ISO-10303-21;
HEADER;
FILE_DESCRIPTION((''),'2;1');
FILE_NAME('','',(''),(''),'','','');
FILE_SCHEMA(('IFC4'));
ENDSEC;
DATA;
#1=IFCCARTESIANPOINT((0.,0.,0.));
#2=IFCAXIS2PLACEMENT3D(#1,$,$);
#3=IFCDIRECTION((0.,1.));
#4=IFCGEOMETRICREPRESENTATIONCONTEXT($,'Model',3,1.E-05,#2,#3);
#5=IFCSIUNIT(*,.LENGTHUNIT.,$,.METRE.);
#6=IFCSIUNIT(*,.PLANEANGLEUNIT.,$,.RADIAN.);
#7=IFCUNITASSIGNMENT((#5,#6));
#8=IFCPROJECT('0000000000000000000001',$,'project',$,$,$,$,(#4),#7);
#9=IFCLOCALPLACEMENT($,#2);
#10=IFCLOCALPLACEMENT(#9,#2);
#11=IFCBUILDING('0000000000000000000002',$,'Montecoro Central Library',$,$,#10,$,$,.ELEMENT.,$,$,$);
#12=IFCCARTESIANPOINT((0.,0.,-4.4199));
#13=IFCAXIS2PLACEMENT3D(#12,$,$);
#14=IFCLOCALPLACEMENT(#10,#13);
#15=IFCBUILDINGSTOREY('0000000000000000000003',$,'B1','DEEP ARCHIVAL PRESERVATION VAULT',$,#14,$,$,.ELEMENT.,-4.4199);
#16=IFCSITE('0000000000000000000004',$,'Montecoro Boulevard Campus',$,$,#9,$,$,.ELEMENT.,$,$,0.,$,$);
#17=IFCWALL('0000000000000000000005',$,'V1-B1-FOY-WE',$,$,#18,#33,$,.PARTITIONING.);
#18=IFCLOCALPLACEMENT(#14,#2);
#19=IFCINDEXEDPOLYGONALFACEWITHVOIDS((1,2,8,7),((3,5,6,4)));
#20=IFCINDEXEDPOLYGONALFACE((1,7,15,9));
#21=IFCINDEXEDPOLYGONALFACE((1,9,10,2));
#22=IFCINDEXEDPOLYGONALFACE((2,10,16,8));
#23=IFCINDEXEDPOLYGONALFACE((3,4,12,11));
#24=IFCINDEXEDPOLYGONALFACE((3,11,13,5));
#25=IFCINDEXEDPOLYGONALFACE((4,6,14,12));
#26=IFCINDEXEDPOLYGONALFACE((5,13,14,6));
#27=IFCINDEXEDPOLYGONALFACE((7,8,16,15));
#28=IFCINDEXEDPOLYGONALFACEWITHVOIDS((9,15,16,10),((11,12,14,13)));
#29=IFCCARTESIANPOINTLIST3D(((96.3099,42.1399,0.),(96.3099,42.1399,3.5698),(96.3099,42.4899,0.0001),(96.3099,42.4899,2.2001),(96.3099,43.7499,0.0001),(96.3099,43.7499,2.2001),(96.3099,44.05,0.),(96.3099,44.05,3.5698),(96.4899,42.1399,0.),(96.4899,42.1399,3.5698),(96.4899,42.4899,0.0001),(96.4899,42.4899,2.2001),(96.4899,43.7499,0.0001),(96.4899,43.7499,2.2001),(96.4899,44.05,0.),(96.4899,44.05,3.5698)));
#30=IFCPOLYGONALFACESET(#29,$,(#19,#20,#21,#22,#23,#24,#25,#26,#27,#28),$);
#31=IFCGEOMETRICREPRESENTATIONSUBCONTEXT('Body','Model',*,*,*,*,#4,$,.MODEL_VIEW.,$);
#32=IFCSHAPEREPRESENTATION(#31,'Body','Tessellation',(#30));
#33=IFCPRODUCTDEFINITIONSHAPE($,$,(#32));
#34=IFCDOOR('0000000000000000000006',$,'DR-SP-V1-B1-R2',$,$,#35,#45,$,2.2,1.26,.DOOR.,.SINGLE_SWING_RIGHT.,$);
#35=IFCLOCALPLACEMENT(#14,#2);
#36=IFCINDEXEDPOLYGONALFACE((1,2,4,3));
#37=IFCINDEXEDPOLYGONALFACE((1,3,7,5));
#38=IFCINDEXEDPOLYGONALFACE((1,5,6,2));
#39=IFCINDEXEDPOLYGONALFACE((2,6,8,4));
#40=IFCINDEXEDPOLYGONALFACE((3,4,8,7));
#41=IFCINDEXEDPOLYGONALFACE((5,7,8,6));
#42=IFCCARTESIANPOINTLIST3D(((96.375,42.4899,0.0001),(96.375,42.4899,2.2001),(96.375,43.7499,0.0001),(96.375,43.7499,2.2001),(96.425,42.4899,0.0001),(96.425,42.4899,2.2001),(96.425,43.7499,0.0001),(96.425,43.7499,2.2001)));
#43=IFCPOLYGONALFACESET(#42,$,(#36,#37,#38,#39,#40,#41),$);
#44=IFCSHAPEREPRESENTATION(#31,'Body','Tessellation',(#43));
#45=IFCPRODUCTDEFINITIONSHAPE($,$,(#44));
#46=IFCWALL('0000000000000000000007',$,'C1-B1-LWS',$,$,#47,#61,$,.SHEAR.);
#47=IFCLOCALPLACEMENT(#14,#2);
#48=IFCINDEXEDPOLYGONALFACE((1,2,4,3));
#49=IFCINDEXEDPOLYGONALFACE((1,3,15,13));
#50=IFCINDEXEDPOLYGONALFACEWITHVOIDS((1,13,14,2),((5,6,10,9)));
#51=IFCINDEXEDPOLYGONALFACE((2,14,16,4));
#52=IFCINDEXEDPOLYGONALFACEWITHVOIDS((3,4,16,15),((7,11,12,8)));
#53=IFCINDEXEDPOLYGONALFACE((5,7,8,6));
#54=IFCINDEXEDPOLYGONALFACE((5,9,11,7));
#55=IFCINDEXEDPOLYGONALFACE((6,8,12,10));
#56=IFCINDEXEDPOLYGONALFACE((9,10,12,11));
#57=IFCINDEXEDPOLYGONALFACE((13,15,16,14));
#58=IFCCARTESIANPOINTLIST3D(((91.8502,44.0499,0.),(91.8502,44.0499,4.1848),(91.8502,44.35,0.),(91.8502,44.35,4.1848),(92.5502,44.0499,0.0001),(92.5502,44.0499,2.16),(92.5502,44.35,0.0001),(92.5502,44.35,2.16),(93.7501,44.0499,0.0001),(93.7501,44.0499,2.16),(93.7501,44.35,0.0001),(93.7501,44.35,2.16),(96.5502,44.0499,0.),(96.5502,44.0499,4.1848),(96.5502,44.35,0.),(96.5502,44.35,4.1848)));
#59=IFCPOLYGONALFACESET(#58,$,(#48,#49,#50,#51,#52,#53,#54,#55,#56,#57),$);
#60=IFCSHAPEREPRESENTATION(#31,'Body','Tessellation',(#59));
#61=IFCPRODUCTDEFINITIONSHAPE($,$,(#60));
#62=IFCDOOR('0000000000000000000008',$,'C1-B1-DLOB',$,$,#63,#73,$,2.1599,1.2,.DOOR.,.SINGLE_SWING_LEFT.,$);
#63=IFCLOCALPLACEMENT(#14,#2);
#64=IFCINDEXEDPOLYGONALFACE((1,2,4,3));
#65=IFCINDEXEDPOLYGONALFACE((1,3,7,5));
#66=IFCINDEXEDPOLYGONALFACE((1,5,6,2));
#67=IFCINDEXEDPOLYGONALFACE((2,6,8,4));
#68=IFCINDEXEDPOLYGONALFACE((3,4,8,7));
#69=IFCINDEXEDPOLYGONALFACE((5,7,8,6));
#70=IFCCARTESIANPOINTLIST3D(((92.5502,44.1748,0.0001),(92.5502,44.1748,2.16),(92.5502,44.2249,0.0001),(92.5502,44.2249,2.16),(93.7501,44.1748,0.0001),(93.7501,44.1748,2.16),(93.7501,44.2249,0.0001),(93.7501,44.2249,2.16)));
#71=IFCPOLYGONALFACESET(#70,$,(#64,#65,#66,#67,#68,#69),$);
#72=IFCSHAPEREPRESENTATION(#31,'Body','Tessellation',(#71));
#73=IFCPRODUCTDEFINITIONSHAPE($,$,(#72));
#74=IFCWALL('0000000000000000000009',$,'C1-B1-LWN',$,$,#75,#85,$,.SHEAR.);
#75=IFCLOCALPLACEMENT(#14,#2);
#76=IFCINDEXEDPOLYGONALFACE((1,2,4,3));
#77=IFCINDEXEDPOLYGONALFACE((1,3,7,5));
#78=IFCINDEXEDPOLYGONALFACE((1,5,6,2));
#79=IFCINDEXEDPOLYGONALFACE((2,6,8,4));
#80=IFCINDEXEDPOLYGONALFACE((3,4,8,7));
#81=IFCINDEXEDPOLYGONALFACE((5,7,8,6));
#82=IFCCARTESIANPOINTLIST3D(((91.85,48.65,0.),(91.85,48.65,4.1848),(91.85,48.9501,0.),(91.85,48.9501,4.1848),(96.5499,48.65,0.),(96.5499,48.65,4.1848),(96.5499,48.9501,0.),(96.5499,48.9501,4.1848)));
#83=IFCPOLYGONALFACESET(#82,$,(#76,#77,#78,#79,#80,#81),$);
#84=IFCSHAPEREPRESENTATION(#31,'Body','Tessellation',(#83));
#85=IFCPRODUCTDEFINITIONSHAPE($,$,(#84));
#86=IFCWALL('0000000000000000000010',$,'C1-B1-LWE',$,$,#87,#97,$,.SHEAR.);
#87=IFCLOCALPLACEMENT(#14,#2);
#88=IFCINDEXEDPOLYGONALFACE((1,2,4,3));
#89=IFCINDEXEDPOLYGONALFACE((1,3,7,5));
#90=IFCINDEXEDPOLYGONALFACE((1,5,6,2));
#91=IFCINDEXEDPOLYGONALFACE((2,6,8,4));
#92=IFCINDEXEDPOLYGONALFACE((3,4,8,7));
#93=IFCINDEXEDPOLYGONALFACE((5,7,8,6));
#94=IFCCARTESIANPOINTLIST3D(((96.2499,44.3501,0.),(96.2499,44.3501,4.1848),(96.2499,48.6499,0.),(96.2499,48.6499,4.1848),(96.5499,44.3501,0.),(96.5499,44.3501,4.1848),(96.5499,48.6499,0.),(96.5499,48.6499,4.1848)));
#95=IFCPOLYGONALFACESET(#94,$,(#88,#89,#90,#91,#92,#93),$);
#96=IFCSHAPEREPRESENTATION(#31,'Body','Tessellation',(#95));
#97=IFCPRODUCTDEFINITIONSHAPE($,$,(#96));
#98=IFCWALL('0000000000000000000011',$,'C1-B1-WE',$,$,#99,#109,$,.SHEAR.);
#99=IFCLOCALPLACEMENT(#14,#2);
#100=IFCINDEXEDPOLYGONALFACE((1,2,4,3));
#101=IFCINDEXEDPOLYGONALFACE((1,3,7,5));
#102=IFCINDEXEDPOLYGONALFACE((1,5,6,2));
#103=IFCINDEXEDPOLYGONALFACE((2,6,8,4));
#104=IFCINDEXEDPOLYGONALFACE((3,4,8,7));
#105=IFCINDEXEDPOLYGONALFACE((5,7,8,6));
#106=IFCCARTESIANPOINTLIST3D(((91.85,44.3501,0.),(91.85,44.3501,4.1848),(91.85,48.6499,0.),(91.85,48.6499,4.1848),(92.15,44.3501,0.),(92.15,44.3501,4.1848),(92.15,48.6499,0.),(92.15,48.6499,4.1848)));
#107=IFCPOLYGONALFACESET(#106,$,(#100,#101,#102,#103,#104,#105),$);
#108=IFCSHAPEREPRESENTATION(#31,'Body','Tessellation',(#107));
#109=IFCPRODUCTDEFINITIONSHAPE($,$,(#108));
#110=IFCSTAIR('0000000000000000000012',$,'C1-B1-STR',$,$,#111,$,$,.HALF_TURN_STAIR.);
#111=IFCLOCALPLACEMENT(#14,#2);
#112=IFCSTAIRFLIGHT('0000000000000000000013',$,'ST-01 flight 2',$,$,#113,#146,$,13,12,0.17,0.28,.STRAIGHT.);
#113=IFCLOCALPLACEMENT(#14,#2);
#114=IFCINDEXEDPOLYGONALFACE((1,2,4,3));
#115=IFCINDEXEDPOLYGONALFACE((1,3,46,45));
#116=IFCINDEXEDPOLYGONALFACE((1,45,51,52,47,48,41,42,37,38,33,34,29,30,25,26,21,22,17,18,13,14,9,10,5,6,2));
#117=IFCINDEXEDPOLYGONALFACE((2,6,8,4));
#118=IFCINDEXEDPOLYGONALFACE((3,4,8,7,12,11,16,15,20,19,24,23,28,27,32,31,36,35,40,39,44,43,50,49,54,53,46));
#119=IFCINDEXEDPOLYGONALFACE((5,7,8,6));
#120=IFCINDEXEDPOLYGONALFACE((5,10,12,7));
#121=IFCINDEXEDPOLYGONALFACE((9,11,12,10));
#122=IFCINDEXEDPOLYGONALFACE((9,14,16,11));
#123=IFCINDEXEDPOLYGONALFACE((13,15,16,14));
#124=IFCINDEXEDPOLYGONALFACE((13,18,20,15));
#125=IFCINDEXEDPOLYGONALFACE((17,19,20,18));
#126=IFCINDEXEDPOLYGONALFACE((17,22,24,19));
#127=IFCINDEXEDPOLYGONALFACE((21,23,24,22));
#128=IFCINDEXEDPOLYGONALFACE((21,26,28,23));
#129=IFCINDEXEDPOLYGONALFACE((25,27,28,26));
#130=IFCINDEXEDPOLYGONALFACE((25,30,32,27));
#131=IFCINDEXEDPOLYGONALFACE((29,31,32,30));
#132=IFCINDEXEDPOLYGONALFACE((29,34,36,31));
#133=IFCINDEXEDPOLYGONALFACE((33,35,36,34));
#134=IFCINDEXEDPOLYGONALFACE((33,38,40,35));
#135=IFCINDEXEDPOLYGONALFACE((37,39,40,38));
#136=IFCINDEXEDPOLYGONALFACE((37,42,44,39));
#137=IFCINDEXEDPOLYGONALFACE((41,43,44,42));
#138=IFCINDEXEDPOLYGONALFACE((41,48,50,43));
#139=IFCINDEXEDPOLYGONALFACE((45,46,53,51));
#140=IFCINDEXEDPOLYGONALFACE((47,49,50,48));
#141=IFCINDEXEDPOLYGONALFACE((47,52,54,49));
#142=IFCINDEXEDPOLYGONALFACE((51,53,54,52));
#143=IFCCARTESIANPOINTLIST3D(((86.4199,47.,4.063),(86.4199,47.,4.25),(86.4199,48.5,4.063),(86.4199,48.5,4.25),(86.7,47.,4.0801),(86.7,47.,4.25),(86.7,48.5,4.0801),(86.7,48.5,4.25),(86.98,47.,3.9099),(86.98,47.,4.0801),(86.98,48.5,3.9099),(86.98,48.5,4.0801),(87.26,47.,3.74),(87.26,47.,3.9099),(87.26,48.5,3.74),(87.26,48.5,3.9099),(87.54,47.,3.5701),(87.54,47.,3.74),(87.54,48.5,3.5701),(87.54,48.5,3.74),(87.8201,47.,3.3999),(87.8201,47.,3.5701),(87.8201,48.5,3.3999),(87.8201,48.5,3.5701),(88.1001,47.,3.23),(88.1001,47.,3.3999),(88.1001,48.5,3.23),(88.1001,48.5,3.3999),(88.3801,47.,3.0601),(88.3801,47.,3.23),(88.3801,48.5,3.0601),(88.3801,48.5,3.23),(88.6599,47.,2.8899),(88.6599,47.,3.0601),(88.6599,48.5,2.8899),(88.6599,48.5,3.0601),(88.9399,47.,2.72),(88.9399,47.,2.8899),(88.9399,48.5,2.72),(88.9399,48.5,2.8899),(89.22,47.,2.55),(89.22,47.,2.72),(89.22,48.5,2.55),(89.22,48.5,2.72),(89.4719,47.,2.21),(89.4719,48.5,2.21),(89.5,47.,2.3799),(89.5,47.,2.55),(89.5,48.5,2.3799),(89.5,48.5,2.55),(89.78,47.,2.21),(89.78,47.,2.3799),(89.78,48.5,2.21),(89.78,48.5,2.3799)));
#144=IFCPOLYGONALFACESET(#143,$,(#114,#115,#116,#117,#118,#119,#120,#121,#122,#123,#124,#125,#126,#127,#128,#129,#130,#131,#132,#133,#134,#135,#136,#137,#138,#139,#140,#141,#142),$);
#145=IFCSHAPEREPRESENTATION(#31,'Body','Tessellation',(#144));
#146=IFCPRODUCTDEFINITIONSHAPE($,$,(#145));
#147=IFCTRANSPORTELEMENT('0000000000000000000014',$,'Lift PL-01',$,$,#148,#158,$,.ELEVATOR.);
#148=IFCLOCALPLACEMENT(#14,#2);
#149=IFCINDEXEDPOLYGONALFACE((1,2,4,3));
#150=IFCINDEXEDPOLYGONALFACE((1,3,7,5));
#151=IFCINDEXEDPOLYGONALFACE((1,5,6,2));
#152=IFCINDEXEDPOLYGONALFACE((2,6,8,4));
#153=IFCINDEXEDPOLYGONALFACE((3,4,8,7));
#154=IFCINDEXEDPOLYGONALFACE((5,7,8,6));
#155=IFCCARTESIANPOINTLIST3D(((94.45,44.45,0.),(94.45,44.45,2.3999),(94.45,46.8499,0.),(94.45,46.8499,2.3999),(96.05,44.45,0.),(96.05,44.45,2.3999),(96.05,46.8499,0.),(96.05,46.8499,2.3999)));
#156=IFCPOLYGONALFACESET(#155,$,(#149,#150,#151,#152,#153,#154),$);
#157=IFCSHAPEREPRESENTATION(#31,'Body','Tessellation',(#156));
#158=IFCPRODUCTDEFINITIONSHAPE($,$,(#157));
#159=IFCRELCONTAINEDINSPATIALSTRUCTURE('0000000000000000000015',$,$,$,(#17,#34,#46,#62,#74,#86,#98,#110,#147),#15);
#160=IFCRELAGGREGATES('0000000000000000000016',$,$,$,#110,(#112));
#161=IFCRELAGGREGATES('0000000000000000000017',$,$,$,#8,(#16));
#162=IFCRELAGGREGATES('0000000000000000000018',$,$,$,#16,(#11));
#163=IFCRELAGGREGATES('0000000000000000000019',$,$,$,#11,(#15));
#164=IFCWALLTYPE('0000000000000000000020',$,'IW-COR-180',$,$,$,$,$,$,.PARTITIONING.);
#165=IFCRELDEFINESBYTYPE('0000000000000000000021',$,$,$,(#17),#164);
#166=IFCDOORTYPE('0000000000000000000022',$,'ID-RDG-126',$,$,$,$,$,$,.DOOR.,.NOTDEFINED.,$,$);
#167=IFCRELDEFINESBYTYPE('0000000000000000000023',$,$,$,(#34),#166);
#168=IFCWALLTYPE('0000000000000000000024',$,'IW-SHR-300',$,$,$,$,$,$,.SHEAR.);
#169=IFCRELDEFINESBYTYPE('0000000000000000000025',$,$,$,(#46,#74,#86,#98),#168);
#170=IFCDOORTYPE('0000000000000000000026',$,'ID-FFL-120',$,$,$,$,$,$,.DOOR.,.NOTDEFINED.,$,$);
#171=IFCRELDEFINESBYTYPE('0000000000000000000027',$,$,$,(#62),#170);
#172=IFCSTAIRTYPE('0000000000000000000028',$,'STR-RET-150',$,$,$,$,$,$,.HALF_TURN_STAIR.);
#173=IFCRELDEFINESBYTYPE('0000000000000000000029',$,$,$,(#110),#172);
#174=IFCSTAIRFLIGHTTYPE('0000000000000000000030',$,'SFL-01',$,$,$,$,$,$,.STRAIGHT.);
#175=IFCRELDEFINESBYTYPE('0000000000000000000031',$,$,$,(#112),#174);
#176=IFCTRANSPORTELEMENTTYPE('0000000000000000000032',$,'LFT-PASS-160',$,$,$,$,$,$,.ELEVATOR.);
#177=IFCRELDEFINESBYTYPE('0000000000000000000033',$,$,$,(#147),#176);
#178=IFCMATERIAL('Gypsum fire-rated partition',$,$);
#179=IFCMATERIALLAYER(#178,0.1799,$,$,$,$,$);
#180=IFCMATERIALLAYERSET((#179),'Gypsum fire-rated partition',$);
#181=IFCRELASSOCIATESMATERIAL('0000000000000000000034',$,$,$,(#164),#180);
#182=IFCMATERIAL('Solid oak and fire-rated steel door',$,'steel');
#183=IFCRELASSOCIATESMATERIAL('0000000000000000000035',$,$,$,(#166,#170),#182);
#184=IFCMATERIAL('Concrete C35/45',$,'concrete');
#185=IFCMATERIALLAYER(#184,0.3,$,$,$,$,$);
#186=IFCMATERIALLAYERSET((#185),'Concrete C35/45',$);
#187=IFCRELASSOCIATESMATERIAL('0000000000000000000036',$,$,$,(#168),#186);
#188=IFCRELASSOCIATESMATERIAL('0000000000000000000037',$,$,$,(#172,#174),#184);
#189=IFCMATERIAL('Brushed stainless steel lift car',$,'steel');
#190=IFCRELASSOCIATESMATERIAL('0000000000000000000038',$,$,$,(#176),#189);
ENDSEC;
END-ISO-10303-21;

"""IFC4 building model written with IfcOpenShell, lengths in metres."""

from ifc_helpers import new_model, si_unit, direction, frame, frame_2d, origin, origin_2d, place, context, subcontext, project, spatial, polyline, rectangle, outline, extrude, material, layer, layer_set, type_object, element, fill, aggregate, save


model = new_model("IFC4")

# Units and contexts
model_context = context("Model", 3, precision=1e-05, world=origin(), true_north=direction((0.0, 1.0)))
body_context = subcontext(model_context, "Body", "Model", "MODEL_VIEW")
ifc_project = project(units=[si_unit("LENGTHUNIT", "METRE"), si_unit("PLANEANGLEUNIT", "RADIAN")], contexts=[model_context])

# Site, building, storey
site_placement = place(None, origin())
site = spatial("IfcSite", under=ifc_project, at=site_placement, Name="Montecoro Boulevard Campus", CompositionType="ELEMENT", RefElevation=0.0)
building_placement = place(site_placement, origin())
building = spatial("IfcBuilding", under=site, at=building_placement, Name="Montecoro Central Library", CompositionType="ELEMENT")
storey_placement = place(building_placement, frame((0.0, 0.0, -4.4199)))
storey = spatial("IfcBuildingStorey", under=building, at=storey_placement, Name="B1", Description="DEEP ARCHIVAL PRESERVATION VAULT", CompositionType="ELEMENT", Elevation=-4.4199)

# Shared definitions
ifc_material_1 = material(Name="Concrete C35/45", Category="concrete")

# Walls, openings, doors
ifc_material_2 = material(Name="Gypsum fire-rated partition")
ifc_layer_1 = layer(ifc_material_2, 0.1799)
ifc_layer_set_1 = layer_set([ifc_layer_1], Name="Gypsum fire-rated partition")
wall_type_1 = type_object("IfcWallType", Name="IW-COR-180", PredefinedType="PARTITIONING", material=ifc_layer_set_1)
wall_1_placement = place(storey_placement, frame((96.3999, 42.1399, 0.0), z_axis=(0.0, 0.0, 1.0), x_axis=(0.0, 1.0, 0.0)))
wall_1 = element("IfcWall", 1, at=wall_1_placement, inside=storey, type_object=wall_type_1, Name="V1-B1-FOY-WE", PredefinedType="PARTITIONING", context=body_context, shape_type="SweptSolid", body=[
    extrude(rectangle(XDim=1.9102, YDim=0.1799, at=frame_2d((0.9551, 0.0))), origin(), (0.0, 0.0, 1.0), 3.5698),
])
opening_1_placement = place(wall_1_placement, frame((0.3501, 0.0, 0.0)))
opening_1 = element("IfcOpeningElement", 2, at=opening_1_placement, cuts=wall_1, PredefinedType="OPENING", context=body_context, shape_type="SweptSolid", body=[
    extrude(rectangle(XDim=1.26, YDim=2.2, at=frame_2d((0.6299, 1.1001))), frame((0.0, 0.0999, 0.0), z_axis=(0.0, -1.0, 0.0), x_axis=(1.0, 0.0, 0.0)), (0.0, 0.0, 1.0), 0.2),
])
ifc_material_3 = material(Name="Solid oak and fire-rated steel door", Category="steel")
door_type_1 = type_object("IfcDoorType", Name="ID-RDG-126", OperationType="NOTDEFINED", PredefinedType="DOOR", material=ifc_material_3)
door_1_placement = place(opening_1_placement, origin())
door_1 = element("IfcDoor", 3, at=door_1_placement, inside=storey, type_object=door_type_1, Name="DR-SP-V1-B1-R2", OperationType="SINGLE_SWING_RIGHT", OverallHeight=2.2, OverallWidth=1.26, PredefinedType="DOOR", context=body_context, shape_type="SweptSolid", body=[
    extrude(rectangle(XDim=1.26, YDim=2.2, at=frame_2d((0.6299, 1.1001))), frame((0.0, 0.0249, 0.0), z_axis=(0.0, -1.0, 0.0), x_axis=(1.0, 0.0, 0.0)), (0.0, 0.0, 1.0), 0.05),
])
fill(opening_1, door_1)
ifc_layer_2 = layer(ifc_material_1, 0.3)
ifc_layer_set_2 = layer_set([ifc_layer_2], Name="Concrete C35/45")
wall_type_2 = type_object("IfcWallType", Name="IW-SHR-300", PredefinedType="SHEAR", material=ifc_layer_set_2)
wall_2_placement = place(storey_placement, frame((91.8501, 44.2, 0.0), z_axis=(0.0, 0.0, 1.0), x_axis=(1.0, 0.0, 0.0)))
wall_2 = element("IfcWall", 4, at=wall_2_placement, inside=storey, type_object=wall_type_2, Name="C1-B1-LWS", PredefinedType="SHEAR", context=body_context, shape_type="SweptSolid", body=[
    extrude(rectangle(XDim=4.7, YDim=0.3, at=frame_2d((2.3501, 0.0))), origin(), (0.0, 0.0, 1.0), 4.1848),
])
opening_2_placement = place(wall_2_placement, frame((0.7, 0.0, 0.0)))
opening_2 = element("IfcOpeningElement", 5, at=opening_2_placement, cuts=wall_2, PredefinedType="OPENING", context=body_context, shape_type="SweptSolid", body=[
    extrude(rectangle(XDim=1.2, YDim=2.1599, at=frame_2d((0.6001, 1.0801))), frame((0.0, 0.1599, 0.0), z_axis=(0.0, -1.0, 0.0), x_axis=(1.0, 0.0, 0.0)), (0.0, 0.0, 1.0), 0.3201),
])
door_type_2 = type_object("IfcDoorType", Name="ID-FFL-120", OperationType="NOTDEFINED", PredefinedType="DOOR", material=ifc_material_3)
door_2_placement = place(opening_2_placement, origin())
door_2 = element("IfcDoor", 6, at=door_2_placement, inside=storey, type_object=door_type_2, Name="C1-B1-DLOB", OperationType="SINGLE_SWING_LEFT", OverallHeight=2.1599, OverallWidth=1.2, PredefinedType="DOOR", context=body_context, shape_type="SweptSolid", body=[
    extrude(rectangle(XDim=1.2, YDim=2.1599, at=frame_2d((0.6001, 1.0801))), frame((0.0, 0.0249, 0.0), z_axis=(0.0, -1.0, 0.0), x_axis=(1.0, 0.0, 0.0)), (0.0, 0.0, 1.0), 0.05),
])
fill(opening_2, door_2)

# Walls
wall_3_placement = place(storey_placement, frame((96.55, 48.8, 0.0), z_axis=(0.0, 0.0, 1.0), x_axis=(-1.0, 0.0, 0.0)))
element("IfcWall", 7, at=wall_3_placement, inside=storey, type_object=wall_type_2, Name="C1-B1-LWN", PredefinedType="SHEAR", context=body_context, shape_type="SweptSolid", body=[
    extrude(rectangle(XDim=4.7, YDim=0.3, at=frame_2d((2.3501, 0.0))), origin(), (0.0, 0.0, 1.0), 4.1848),
])
for number, where, z_axis, x_axis, name in (
    (8, (96.3999, 44.3501, 0.0), (0.0, 0.0, 1.0), (0.0, 1.0, 0.0), "C1-B1-LWE"),
    (9, (92.0, 44.3501, 0.0), (0.0, 0.0, 1.0), (0.0, 1.0, 0.0), "C1-B1-WE"),
):
    element("IfcWall", number, at=place(storey_placement, frame(where, z_axis=z_axis, x_axis=x_axis)), inside=storey, type_object=wall_type_2, Name=name, PredefinedType="SHEAR", context=body_context, shape_type="SweptSolid", body=[
        extrude(rectangle(XDim=4.2998, YDim=0.3, at=frame_2d((2.1499, 0.0))), origin(), (0.0, 0.0, 1.0), 4.1848),
    ])

# Stair, stair flight
stair_type = type_object("IfcStairType", Name="STR-RET-150", PredefinedType="HALF_TURN_STAIR", material=ifc_material_1)
stair_placement = place(storey_placement, origin())
stair = element("IfcStair", 10, at=stair_placement, inside=storey, type_object=stair_type, Name="C1-B1-STR", PredefinedType="HALF_TURN_STAIR")
stair_flight_type = type_object("IfcStairFlightType", Name="SFL-01", PredefinedType="STRAIGHT", material=ifc_material_1)
stair_flight_placement = place(storey_placement, frame((89.78, 47.75, 2.21), z_axis=(0.0, 0.0, 1.0), x_axis=(-1.0, 0.0, 0.0)))
stair_flight = element("IfcStairFlight", 11, at=stair_flight_placement, type_object=stair_flight_type, Name="ST-01 flight 2", NumberOfRisers=13, NumberOfTreads=12, PredefinedType="STRAIGHT", RiserHeight=0.17, TreadLength=0.28, context=body_context, shape_type="SweptSolid", body=[
    extrude(outline(polyline([(0.0, 0.0), (0.0, 0.1699), (0.28, 0.1699), (0.28, 0.3401), (0.5601, 0.3401), (0.5601, 0.51), (0.8401, 0.51), (0.8401, 0.6799), (1.1201, 0.6799), (1.1201, 0.8501), (1.3999, 0.8501), (1.3999, 1.02), (1.6799, 1.02), (1.6799, 1.1899), (1.96, 1.1899), (1.96, 1.3601), (2.24, 1.3601), (2.24, 1.53), (2.52, 1.53), (2.52, 1.7), (2.8, 1.7), (2.8, 1.8701), (3.0801, 1.8701), (3.0801, 2.04), (3.3601, 2.04), (3.3601, 2.21), (3.3601, 1.853), (0.3081, 0.0), (0.0, 0.0)])), frame((0.0, 0.75, 0.0), z_axis=(0.0, -1.0, 0.0), x_axis=(1.0, 0.0, 0.0)), (0.0, 0.0, 1.0), 1.5),
])
aggregate(stair, [stair_flight])

# Transport element
ifc_material_4 = material(Name="Brushed stainless steel lift car", Category="steel")
transport_element_type = type_object("IfcTransportElementType", Name="LFT-PASS-160", PredefinedType="ELEVATOR", material=ifc_material_4)
transport_element_placement = place(storey_placement, frame((95.25, 45.6499, 0.0), z_axis=(0.0, 0.0, 1.0), x_axis=(1.0, 0.0, 0.0)))
element("IfcTransportElement", 12, at=transport_element_placement, inside=storey, type_object=transport_element_type, Name="Lift PL-01", PredefinedType="ELEVATOR", context=body_context, shape_type="SweptSolid", body=[
    extrude(rectangle(XDim=1.6001, YDim=2.3999, at=origin_2d()), origin(), (0.0, 0.0, 1.0), 2.3999),
])

save(model, "model.ifc")
